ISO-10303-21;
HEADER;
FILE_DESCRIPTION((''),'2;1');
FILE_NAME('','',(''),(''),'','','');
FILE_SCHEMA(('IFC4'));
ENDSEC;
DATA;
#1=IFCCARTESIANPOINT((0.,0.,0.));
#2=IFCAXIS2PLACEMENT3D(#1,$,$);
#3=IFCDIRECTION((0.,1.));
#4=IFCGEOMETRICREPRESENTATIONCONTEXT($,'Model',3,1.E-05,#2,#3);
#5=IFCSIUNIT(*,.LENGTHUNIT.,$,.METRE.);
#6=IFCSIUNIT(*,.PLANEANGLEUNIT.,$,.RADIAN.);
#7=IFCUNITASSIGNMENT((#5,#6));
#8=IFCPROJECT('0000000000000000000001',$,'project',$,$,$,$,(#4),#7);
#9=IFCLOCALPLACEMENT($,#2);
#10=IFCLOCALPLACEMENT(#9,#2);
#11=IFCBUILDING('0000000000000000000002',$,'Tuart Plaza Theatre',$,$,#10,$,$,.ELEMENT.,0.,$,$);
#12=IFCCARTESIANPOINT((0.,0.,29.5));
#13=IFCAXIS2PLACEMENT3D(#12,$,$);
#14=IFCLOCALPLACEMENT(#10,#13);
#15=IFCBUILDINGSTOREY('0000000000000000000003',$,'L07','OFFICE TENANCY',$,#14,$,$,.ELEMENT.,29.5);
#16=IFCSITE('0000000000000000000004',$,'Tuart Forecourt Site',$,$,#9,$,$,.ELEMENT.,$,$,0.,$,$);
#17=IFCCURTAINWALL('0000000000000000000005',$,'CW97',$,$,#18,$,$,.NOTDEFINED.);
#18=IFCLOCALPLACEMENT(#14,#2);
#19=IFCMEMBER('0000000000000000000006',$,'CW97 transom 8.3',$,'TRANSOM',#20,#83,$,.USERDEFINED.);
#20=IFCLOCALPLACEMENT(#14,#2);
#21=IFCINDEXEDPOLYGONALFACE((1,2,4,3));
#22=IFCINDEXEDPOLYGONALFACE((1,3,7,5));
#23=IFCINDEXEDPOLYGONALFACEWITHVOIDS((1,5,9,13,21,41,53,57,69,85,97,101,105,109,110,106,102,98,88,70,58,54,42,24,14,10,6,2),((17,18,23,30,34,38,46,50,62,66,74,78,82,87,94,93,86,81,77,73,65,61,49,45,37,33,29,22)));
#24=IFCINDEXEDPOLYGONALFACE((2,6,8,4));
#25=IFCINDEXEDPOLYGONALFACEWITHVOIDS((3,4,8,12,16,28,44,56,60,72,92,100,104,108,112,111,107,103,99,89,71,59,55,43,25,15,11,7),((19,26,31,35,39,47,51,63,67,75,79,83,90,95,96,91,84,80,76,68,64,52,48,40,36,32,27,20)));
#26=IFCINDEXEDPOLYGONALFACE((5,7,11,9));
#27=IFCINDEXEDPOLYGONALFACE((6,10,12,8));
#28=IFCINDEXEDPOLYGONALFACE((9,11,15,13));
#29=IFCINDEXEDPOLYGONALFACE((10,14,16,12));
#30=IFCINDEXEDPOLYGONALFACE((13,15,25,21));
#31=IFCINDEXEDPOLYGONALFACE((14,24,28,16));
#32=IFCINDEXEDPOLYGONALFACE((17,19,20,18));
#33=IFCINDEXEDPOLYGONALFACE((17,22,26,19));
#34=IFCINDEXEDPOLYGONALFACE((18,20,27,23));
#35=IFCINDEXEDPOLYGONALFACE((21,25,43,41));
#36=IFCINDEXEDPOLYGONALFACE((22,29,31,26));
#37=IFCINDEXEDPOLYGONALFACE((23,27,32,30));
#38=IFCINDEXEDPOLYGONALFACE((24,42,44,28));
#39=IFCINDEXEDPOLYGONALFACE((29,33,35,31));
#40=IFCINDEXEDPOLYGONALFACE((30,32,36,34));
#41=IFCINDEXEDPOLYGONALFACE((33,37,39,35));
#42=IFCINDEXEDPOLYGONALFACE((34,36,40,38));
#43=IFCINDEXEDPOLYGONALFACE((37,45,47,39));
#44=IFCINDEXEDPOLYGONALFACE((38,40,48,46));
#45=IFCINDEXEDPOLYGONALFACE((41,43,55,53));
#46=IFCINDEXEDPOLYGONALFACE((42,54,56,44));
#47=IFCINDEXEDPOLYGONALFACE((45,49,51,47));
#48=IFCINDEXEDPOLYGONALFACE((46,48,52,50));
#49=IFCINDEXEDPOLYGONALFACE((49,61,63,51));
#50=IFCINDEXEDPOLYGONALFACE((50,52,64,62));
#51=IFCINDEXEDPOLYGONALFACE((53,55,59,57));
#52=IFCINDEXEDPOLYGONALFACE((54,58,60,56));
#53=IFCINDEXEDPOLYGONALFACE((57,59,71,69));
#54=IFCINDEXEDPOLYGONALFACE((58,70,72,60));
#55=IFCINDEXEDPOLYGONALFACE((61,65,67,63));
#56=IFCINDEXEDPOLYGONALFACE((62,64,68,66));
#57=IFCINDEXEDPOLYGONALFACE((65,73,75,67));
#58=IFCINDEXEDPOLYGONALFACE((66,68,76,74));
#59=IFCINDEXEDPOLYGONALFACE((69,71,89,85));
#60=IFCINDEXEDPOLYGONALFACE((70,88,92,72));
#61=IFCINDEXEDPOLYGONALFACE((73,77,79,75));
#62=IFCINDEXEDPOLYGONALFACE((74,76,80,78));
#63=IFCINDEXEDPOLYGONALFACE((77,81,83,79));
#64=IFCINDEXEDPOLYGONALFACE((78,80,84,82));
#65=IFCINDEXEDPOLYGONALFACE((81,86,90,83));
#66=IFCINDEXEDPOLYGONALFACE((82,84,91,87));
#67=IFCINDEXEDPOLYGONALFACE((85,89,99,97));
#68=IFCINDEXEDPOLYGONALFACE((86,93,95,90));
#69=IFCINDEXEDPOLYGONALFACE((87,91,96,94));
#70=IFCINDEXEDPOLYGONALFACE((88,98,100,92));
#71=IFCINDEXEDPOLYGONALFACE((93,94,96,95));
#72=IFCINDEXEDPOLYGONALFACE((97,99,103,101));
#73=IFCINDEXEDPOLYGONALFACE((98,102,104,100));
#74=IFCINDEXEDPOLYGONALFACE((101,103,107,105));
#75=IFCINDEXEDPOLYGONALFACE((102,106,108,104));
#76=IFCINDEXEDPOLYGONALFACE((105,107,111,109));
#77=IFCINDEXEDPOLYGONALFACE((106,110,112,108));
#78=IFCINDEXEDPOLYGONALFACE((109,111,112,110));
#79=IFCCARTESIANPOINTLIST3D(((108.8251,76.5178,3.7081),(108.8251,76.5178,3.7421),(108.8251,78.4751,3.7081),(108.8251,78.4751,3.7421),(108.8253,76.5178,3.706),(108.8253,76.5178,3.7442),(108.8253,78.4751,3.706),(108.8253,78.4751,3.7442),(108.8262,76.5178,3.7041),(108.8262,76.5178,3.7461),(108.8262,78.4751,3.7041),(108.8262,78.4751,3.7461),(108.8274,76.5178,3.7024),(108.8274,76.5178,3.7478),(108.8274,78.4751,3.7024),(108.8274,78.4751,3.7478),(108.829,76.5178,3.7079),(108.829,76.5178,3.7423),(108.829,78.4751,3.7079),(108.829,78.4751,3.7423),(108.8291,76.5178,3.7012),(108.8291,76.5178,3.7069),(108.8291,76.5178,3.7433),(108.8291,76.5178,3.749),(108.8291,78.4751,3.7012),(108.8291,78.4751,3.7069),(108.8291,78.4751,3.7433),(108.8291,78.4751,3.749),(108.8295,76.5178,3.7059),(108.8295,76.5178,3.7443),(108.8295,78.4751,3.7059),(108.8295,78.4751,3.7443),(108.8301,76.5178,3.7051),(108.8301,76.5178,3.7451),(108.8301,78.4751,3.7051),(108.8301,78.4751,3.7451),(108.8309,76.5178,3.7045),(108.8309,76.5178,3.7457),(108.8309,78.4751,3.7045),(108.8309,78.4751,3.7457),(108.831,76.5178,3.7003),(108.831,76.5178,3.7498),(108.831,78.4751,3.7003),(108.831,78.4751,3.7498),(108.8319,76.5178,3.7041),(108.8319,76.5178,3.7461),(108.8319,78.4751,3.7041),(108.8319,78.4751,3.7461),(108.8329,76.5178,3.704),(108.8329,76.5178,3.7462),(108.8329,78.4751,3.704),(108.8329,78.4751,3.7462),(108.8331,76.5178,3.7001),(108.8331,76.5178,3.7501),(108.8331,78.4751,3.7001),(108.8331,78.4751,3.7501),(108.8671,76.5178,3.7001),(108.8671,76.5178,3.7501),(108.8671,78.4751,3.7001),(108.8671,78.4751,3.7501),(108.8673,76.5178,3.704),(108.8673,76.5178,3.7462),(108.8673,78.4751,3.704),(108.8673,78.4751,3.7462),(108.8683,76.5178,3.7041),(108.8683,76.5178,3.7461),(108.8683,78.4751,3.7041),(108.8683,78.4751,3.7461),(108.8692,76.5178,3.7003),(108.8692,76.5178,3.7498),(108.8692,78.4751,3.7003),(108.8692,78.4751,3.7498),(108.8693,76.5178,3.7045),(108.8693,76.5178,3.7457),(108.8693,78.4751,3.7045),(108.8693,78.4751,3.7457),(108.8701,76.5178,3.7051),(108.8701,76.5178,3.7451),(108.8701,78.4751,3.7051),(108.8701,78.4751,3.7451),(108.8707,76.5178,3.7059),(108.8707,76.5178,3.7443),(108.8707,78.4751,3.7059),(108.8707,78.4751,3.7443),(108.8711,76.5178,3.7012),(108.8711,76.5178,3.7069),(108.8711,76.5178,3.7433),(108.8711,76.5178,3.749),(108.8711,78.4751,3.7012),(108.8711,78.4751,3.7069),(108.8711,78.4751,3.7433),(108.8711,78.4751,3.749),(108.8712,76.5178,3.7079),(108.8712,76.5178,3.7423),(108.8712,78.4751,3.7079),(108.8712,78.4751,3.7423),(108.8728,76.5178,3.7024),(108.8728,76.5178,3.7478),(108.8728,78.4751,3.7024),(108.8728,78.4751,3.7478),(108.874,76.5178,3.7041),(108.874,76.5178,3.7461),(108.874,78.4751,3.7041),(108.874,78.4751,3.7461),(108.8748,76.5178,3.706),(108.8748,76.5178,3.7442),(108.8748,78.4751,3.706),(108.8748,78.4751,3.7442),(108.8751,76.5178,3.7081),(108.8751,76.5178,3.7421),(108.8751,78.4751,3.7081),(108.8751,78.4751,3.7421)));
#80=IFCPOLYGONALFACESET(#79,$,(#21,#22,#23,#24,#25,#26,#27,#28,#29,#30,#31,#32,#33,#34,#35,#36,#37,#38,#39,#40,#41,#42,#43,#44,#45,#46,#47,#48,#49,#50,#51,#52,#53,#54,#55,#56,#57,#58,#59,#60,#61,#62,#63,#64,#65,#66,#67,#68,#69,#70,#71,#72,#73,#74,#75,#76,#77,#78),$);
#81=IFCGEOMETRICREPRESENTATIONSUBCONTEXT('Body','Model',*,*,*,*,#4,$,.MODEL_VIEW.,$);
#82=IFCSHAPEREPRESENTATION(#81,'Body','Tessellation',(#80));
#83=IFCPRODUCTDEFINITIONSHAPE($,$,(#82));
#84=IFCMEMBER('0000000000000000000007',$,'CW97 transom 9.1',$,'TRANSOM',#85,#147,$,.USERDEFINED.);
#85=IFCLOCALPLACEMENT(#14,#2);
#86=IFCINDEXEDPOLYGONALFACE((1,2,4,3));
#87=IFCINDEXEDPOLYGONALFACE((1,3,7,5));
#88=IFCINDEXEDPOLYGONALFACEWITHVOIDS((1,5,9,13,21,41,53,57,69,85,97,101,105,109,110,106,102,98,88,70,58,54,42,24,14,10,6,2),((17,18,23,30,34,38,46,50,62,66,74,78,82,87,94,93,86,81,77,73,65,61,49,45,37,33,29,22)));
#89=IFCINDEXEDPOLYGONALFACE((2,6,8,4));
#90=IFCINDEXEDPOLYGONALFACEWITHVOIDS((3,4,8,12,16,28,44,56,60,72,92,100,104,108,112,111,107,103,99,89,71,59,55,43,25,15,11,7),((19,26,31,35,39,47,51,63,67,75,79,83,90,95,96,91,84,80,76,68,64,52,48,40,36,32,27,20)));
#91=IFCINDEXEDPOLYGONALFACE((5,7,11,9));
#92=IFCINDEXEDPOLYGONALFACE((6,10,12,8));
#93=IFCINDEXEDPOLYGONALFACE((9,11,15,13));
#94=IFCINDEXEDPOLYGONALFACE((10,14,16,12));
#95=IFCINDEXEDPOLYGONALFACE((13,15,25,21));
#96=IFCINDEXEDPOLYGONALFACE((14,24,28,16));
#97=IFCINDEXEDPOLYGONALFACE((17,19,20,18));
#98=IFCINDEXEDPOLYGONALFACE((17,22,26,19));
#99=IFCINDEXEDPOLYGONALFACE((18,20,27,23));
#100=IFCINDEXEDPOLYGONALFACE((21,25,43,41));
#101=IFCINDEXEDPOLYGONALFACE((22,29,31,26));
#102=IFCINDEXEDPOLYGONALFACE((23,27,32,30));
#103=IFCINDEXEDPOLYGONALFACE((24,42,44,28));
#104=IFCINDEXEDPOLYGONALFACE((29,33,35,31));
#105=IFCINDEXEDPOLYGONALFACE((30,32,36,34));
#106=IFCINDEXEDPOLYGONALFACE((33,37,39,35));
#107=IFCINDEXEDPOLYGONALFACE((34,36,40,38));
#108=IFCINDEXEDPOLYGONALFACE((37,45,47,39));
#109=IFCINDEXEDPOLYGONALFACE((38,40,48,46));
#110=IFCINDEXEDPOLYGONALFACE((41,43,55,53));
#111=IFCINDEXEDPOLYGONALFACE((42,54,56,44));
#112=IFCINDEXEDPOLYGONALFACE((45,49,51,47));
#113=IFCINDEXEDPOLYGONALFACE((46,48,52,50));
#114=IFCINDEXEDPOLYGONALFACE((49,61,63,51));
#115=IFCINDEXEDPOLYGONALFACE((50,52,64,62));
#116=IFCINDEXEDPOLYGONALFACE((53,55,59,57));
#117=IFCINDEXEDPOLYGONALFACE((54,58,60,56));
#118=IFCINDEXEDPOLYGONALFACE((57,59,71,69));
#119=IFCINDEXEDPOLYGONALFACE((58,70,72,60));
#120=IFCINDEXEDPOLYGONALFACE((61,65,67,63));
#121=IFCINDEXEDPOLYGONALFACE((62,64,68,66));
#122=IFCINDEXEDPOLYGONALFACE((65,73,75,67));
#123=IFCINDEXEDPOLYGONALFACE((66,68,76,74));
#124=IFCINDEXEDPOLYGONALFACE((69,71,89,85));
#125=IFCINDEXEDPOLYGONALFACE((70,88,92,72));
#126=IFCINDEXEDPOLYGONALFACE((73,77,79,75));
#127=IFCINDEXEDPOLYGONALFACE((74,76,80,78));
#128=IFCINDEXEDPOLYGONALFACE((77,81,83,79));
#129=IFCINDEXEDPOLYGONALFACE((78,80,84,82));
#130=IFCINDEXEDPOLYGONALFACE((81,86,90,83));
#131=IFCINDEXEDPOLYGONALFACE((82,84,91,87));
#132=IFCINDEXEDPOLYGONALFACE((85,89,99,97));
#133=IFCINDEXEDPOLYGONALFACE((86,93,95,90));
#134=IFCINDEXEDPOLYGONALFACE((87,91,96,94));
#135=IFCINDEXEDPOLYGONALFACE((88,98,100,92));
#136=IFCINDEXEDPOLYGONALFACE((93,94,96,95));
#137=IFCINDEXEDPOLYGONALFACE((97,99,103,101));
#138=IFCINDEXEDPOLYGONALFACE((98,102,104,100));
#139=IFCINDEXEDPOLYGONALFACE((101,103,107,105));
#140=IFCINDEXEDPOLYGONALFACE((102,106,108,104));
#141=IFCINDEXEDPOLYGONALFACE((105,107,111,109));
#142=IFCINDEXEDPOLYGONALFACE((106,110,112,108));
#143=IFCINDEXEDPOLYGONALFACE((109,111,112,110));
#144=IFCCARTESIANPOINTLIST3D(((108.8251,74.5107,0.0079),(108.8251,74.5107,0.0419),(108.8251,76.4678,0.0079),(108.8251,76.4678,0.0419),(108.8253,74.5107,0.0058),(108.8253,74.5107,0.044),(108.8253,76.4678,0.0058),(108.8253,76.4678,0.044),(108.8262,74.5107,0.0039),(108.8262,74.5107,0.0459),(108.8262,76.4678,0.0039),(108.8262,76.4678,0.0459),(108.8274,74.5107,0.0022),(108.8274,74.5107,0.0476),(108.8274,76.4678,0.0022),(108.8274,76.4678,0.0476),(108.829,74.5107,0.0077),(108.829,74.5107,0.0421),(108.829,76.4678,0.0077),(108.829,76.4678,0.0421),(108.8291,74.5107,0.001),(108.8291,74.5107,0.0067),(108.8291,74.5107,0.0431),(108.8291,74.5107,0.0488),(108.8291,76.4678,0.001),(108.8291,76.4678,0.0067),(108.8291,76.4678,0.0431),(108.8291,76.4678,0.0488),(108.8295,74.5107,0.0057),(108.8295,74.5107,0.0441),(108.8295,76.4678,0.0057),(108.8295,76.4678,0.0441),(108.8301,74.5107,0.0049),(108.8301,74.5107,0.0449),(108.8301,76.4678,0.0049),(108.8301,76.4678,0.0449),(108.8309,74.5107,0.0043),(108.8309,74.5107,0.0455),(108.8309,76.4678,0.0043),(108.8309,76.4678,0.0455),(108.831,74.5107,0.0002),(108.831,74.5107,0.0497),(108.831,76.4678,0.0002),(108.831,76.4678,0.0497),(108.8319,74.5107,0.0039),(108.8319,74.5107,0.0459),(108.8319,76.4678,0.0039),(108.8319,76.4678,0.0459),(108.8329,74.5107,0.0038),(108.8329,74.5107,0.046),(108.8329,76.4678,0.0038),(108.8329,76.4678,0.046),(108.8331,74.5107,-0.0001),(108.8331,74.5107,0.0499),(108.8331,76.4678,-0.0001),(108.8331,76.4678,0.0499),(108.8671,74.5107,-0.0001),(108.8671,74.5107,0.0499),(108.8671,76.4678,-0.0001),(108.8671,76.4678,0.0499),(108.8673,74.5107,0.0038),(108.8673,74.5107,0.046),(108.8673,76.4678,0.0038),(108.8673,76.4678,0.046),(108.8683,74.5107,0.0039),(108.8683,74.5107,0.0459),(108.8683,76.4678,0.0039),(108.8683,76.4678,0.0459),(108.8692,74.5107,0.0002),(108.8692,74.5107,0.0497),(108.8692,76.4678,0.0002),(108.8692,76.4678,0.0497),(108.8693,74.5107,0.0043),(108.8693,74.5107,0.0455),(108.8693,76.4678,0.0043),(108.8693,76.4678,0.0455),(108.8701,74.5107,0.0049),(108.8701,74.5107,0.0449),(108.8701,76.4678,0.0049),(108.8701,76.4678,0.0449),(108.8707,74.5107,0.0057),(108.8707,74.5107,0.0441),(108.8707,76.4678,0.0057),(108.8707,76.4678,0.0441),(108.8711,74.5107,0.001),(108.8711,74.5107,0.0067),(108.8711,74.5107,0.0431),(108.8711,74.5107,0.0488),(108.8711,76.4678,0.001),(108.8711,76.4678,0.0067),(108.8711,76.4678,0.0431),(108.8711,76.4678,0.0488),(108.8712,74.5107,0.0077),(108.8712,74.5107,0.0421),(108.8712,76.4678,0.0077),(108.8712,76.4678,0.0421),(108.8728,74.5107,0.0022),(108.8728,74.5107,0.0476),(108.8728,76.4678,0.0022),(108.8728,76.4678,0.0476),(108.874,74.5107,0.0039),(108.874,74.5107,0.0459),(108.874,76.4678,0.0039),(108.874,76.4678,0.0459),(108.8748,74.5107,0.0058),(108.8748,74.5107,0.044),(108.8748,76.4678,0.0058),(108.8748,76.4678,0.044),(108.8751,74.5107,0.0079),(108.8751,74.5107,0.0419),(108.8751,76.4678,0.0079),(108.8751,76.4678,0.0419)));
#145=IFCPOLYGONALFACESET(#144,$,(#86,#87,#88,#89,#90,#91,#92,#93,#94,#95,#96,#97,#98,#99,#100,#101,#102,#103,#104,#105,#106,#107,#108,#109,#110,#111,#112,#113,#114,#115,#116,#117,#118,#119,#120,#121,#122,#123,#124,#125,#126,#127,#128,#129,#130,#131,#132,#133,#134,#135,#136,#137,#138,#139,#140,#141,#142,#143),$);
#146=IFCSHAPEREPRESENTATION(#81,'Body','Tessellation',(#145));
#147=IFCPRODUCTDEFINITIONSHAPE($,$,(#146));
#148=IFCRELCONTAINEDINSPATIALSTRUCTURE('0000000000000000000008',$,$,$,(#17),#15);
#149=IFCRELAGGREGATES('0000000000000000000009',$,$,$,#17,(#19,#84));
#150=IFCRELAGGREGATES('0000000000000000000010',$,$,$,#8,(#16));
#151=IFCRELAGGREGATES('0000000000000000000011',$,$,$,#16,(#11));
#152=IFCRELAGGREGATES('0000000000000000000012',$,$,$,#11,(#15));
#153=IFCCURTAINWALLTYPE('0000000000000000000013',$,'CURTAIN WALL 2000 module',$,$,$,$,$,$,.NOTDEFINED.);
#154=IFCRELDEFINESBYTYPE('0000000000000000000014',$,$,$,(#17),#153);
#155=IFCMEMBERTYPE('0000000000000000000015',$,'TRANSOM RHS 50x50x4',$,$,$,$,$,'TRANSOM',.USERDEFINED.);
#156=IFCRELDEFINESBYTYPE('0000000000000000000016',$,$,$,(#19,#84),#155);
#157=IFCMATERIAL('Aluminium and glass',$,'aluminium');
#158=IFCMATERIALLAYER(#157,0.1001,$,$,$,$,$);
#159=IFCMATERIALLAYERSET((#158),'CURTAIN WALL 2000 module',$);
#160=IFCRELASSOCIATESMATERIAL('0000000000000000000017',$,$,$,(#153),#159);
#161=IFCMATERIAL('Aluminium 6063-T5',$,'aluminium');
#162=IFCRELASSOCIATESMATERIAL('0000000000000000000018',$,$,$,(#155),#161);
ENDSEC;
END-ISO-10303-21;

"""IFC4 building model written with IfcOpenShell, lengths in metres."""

from ifc_helpers import new_model, si_unit, direction, frame, origin, origin_2d, place, context, subcontext, project, spatial, hollow_rectangle, extrude, material, layer, layer_set, material_profile, profile_set, type_object, element, aggregate, save


model = new_model("IFC4")

# Units and contexts
model_context = context("Model", 3, precision=1e-05, world=origin(), true_north=direction((0.0, 1.0)))
body_context = subcontext(model_context, "Body", "Model", "MODEL_VIEW")
ifc_project = project(units=[si_unit("LENGTHUNIT", "METRE"), si_unit("PLANEANGLEUNIT", "RADIAN")], contexts=[model_context])

# Site, building, storey
site_placement = place(None, origin())
site = spatial("IfcSite", under=ifc_project, at=site_placement, Name="Tuart Forecourt Site", CompositionType="ELEMENT", RefElevation=0.0)
building_placement = place(site_placement, origin())
building = spatial("IfcBuilding", under=site, at=building_placement, Name="Tuart Plaza Theatre", CompositionType="ELEMENT", ElevationOfRefHeight=0.0)
storey_placement = place(building_placement, frame((0.0, 0.0, 29.5)))
storey = spatial("IfcBuildingStorey", under=building, at=storey_placement, Name="L07", Description="OFFICE TENANCY", CompositionType="ELEMENT", Elevation=29.5)

# Curtain wall, members
ifc_material_1 = material(Name="Aluminium and glass", Category="aluminium")
ifc_layer_1 = layer(ifc_material_1, 0.1001)
ifc_layer_set_1 = layer_set([ifc_layer_1], Name="CURTAIN WALL 2000 module")
curtain_wall_type = type_object("IfcCurtainWallType", Name="CURTAIN WALL 2000 module", PredefinedType="NOTDEFINED", material=ifc_layer_set_1)
curtain_wall_placement = place(storey_placement, origin())
curtain_wall = element("IfcCurtainWall", 1, at=curtain_wall_placement, inside=storey, type_object=curtain_wall_type, Name="CW97", PredefinedType="NOTDEFINED")
ifc_material_2 = material(Name="Aluminium 6063-T5", Category="aluminium")
ifc_material_profile_1 = material_profile(ifc_material_2, hollow_rectangle(XDim=0.05, YDim=0.05, WallThickness=0.0039, InnerFilletRadius=0.0039, OuterFilletRadius=0.0081, at=origin_2d()), Name="RHS 50x50x4")
ifc_profile_set_1 = profile_set([ifc_material_profile_1], Name="Aluminium 6063-T5")
member_type = type_object("IfcMemberType", Name="TRANSOM RHS 50x50x4", ElementType="TRANSOM", PredefinedType="USERDEFINED", material=ifc_profile_set_1)
member_1_placement = place(storey_placement, frame((108.8501, 78.4751, 3.7251), z_axis=(0.0, -1.0, 0.0), x_axis=(1.0, 0.0, 0.0)))
member_1 = element("IfcMember", 2, at=member_1_placement, type_object=member_type, Name="CW97 transom 8.3", ObjectType="TRANSOM", PredefinedType="USERDEFINED", context=body_context, shape_type="SweptSolid", body=[
    extrude(hollow_rectangle(XDim=0.05, YDim=0.05, WallThickness=0.0039, InnerFilletRadius=0.0039, OuterFilletRadius=0.0081, at=origin_2d()), origin(), (0.0, 0.0, 1.0), 1.9573),
])
member_2_placement = place(storey_placement, frame((108.8501, 76.4678, 0.0249), z_axis=(0.0, -1.0, 0.0), x_axis=(1.0, 0.0, 0.0)))
member_2 = element("IfcMember", 3, at=member_2_placement, type_object=member_type, Name="CW97 transom 9.1", ObjectType="TRANSOM", PredefinedType="USERDEFINED", context=body_context, shape_type="SweptSolid", body=[
    extrude(hollow_rectangle(XDim=0.05, YDim=0.05, WallThickness=0.0039, InnerFilletRadius=0.0039, OuterFilletRadius=0.0081, at=origin_2d()), origin(), (0.0, 0.0, 1.0), 1.957),
])
aggregate(curtain_wall, [member_1, member_2])

save(model, "model.ifc")
